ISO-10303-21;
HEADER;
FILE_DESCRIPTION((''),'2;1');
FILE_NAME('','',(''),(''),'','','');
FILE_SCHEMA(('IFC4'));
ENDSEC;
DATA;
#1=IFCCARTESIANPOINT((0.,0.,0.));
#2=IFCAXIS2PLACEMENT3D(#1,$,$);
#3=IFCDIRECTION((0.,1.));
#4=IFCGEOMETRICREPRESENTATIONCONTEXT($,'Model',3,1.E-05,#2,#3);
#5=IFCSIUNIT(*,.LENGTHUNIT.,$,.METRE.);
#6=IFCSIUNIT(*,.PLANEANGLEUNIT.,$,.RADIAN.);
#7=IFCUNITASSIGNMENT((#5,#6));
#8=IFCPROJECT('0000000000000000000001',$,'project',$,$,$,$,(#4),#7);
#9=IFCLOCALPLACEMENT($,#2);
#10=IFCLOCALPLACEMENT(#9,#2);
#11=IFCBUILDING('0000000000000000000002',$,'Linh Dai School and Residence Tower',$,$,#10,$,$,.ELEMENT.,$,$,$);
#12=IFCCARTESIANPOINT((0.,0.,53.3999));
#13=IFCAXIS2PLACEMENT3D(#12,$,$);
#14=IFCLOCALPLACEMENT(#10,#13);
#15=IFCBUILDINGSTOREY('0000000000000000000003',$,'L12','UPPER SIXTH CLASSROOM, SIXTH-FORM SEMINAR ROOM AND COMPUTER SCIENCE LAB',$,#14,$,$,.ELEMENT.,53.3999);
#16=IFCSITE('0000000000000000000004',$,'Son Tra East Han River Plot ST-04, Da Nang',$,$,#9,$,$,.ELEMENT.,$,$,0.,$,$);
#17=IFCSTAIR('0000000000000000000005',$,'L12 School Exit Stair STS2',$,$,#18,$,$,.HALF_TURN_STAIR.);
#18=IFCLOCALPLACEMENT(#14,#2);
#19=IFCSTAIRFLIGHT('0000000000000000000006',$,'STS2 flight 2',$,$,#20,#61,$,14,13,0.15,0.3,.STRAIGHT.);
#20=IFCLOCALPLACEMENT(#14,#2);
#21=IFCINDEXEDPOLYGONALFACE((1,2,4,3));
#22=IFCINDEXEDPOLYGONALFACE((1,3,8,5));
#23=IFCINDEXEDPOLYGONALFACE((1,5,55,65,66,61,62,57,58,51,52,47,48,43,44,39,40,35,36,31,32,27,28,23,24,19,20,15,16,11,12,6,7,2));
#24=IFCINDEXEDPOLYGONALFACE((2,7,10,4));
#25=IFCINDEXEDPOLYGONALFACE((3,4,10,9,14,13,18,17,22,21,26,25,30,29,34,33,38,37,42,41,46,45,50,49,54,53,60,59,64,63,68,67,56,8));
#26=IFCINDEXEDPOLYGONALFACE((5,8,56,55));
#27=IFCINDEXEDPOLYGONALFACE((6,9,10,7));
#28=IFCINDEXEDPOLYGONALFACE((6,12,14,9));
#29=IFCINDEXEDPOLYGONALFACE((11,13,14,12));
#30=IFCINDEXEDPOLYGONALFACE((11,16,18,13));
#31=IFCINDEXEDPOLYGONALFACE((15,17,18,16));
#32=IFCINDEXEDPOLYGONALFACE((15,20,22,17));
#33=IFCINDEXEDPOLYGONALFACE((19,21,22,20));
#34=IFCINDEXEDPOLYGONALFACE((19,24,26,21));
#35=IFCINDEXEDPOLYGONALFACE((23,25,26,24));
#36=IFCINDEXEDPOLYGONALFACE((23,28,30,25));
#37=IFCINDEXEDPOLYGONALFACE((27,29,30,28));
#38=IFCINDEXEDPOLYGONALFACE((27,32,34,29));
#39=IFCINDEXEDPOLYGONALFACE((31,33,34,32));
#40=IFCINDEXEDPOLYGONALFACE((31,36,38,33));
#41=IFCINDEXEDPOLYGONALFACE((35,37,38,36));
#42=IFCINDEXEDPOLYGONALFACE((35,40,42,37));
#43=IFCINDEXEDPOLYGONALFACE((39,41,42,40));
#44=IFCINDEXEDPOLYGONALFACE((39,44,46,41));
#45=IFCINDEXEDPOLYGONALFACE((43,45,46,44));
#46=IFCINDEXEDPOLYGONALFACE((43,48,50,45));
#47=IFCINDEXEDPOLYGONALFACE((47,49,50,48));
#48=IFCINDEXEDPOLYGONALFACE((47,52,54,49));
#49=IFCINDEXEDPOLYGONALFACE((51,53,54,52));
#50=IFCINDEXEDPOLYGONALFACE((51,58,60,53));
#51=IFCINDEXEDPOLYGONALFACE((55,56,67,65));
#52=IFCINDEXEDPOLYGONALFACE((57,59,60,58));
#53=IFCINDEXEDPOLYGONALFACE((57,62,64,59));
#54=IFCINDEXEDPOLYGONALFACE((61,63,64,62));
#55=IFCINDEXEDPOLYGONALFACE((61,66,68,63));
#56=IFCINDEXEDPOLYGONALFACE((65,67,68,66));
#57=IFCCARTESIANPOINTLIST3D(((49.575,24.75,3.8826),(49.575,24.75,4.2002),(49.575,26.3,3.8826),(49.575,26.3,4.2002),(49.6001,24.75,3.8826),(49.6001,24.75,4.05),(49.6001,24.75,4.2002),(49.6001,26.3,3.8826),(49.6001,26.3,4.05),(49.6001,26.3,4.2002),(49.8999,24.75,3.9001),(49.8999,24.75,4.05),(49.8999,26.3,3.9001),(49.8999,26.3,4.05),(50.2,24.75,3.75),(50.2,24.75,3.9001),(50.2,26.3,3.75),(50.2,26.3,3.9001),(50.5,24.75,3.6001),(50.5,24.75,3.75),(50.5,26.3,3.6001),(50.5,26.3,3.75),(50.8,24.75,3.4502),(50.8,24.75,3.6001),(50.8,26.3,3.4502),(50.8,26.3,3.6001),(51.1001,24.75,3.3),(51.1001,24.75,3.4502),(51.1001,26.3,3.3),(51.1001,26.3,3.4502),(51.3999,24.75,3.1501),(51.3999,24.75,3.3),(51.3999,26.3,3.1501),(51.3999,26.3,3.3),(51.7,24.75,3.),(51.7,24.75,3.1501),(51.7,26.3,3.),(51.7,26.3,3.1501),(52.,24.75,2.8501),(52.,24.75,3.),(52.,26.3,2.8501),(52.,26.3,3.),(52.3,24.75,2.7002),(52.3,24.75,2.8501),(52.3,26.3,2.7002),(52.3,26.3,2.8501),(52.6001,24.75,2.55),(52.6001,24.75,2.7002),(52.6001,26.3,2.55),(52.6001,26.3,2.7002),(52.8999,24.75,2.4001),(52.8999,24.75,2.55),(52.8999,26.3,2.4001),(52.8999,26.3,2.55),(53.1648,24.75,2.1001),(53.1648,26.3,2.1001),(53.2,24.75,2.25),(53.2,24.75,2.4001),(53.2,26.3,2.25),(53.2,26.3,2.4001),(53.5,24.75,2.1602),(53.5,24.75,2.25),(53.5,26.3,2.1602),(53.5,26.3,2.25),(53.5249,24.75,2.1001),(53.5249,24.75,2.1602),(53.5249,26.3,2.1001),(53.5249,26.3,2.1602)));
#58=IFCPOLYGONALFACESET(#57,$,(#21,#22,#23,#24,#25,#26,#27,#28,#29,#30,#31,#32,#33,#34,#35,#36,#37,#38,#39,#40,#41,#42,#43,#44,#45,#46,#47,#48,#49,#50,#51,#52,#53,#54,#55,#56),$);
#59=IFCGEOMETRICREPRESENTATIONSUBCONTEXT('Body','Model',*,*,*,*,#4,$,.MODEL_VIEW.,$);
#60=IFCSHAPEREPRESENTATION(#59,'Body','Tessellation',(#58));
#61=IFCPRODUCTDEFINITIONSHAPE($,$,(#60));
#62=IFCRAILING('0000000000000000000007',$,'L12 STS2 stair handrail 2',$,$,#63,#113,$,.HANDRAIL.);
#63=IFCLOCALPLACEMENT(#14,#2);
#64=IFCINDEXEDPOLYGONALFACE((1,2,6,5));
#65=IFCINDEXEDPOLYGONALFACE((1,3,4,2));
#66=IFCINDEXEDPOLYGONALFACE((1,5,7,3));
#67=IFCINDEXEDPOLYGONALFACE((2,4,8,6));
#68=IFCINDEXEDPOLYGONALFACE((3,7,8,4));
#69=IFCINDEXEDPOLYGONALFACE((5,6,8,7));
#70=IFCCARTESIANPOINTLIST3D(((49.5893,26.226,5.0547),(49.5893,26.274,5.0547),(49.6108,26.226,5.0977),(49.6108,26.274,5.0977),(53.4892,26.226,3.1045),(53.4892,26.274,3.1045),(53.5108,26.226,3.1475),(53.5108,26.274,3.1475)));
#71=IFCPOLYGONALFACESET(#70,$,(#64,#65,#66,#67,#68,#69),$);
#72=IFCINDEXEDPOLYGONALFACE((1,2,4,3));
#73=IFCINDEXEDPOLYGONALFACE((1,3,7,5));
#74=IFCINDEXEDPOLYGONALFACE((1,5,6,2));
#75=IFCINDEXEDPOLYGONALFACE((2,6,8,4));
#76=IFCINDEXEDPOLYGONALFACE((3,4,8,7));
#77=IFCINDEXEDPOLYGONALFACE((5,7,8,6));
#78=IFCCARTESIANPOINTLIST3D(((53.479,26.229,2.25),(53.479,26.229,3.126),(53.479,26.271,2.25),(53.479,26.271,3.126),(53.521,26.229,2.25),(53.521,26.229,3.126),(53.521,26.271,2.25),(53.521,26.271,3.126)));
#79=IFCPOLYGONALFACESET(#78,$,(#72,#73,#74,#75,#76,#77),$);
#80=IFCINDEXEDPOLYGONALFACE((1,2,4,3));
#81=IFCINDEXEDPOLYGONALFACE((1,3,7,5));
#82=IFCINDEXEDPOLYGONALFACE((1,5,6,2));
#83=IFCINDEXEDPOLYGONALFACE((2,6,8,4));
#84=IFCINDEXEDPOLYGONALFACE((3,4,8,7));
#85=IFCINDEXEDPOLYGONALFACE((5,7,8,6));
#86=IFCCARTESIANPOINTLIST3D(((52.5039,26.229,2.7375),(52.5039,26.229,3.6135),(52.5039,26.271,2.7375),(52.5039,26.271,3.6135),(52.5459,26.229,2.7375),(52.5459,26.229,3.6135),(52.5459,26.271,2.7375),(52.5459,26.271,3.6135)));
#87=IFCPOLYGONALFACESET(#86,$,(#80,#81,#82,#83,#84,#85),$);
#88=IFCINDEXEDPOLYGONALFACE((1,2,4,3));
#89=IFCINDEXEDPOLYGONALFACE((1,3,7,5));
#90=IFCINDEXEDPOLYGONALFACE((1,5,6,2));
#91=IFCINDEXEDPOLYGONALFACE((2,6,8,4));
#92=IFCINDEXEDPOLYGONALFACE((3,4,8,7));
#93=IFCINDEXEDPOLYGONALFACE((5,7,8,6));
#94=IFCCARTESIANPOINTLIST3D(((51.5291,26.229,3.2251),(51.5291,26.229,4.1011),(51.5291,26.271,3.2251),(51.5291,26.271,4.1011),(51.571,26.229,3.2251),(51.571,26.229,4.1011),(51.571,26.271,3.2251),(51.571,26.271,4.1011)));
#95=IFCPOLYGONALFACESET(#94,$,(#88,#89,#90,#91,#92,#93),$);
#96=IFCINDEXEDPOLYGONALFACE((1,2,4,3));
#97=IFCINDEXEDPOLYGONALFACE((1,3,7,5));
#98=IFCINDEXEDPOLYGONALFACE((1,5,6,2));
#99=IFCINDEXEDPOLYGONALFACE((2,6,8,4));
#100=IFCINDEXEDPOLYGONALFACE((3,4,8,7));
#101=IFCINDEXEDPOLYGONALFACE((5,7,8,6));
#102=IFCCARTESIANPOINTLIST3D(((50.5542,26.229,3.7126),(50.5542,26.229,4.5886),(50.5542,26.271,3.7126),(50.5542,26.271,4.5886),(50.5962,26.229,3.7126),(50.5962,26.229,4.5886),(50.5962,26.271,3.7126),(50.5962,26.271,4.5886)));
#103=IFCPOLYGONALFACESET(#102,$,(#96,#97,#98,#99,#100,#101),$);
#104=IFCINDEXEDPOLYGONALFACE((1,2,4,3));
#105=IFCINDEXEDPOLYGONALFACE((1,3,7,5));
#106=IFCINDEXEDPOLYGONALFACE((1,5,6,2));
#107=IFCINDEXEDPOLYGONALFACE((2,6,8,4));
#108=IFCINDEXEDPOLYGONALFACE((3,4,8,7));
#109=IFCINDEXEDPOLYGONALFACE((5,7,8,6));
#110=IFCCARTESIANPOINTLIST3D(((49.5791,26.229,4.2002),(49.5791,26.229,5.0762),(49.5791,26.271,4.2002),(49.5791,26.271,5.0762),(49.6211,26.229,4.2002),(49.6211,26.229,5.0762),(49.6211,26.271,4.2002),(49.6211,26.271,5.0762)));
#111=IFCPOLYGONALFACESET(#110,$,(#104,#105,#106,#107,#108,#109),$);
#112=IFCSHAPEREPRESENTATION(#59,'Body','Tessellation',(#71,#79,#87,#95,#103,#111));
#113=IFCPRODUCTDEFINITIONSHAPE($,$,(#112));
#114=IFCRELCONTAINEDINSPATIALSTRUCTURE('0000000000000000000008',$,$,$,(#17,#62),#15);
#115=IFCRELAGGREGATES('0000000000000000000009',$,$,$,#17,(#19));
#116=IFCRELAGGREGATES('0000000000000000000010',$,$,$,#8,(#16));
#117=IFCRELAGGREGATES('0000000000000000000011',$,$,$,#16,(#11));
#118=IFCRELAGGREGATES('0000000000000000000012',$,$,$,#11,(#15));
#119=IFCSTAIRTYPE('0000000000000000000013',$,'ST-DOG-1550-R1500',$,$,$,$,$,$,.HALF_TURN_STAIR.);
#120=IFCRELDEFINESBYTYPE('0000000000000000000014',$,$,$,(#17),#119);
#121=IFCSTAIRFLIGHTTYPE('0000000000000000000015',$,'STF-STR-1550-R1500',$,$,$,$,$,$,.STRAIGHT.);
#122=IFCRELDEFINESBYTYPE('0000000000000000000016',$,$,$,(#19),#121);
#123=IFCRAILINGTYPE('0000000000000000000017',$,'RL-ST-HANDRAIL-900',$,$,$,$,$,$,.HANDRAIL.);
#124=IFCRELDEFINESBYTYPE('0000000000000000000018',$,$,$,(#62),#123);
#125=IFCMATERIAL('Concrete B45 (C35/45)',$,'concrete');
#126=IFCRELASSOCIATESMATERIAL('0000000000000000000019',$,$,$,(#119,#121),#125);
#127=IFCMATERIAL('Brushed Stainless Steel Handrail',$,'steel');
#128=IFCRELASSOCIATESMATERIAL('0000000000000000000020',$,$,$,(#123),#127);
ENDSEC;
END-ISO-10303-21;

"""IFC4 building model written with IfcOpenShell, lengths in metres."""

from ifc_helpers import new_model, si_unit, direction, frame, origin, origin_2d, place, context, subcontext, project, spatial, polyline, rectangle, outline, extrude, source, transform, mapped, material, type_object, element, aggregate, save


model = new_model("IFC4")

# Units and contexts
model_context = context("Model", 3, precision=1e-05, world=origin(), true_north=direction((0.0, 1.0)))
body_context = subcontext(model_context, "Body", "Model", "MODEL_VIEW")
ifc_project = project(units=[si_unit("LENGTHUNIT", "METRE"), si_unit("PLANEANGLEUNIT", "RADIAN")], contexts=[model_context])

# Site, building, storey
site_placement = place(None, origin())
site = spatial("IfcSite", under=ifc_project, at=site_placement, Name="Son Tra East Han River Plot ST-04, Da Nang", CompositionType="ELEMENT", RefElevation=0.0)
building_placement = place(site_placement, origin())
building = spatial("IfcBuilding", under=site, at=building_placement, Name="Linh Dai School and Residence Tower", CompositionType="ELEMENT")
storey_placement = place(building_placement, frame((0.0, 0.0, 53.3999)))
storey = spatial("IfcBuildingStorey", under=building, at=storey_placement, Name="L12", Description="UPPER SIXTH CLASSROOM, SIXTH-FORM SEMINAR ROOM AND COMPUTER SCIENCE LAB", CompositionType="ELEMENT", Elevation=53.3999)

# Stair, stair flight
ifc_material_1 = material(Name="Concrete B45 (C35/45)", Category="concrete")
stair_type = type_object("IfcStairType", Name="ST-DOG-1550-R1500", PredefinedType="HALF_TURN_STAIR", material=ifc_material_1)
stair_placement = place(storey_placement, origin())
stair = element("IfcStair", 1, at=stair_placement, inside=storey, type_object=stair_type, Name="L12 School Exit Stair STS2", PredefinedType="HALF_TURN_STAIR")
stair_flight_type = type_object("IfcStairFlightType", Name="STF-STR-1550-R1500", PredefinedType="STRAIGHT", material=ifc_material_1)
shared_shape_1 = source(origin(), body_context, "Body", "SweptSolid", [
    extrude(outline(polyline([(-0.0249, 0.0), (-0.0249, 0.0601), (0.0, 0.0601), (0.0, 0.1499), (0.3, 0.1499), (0.3, 0.3), (0.6001, 0.3), (0.6001, 0.45), (0.8999, 0.45), (0.8999, 0.6001), (1.2, 0.6001), (1.2, 0.75), (1.5, 0.75), (1.5, 0.8999), (1.8, 0.8999), (1.8, 1.05), (2.1001, 1.05), (2.1001, 1.2), (2.3999, 1.2), (2.3999, 1.3501), (2.7, 1.3501), (2.7, 1.5), (3.0, 1.5), (3.0, 1.6499), (3.3, 1.6499), (3.3, 1.8), (3.6001, 1.8), (3.6001, 1.95), (3.8999, 1.95), (3.8999, 2.1001), (3.925, 2.1001), (3.925, 1.7825), (3.8999, 1.7825), (0.3352, 0.0), (-0.0249, 0.0)])), frame((0.0, 0.7749, 0.0), z_axis=(0.0, -1.0, 0.0), x_axis=(1.0, 0.0, 0.0)), (0.0, 0.0, 1.0), 1.55),
])
stair_flight_placement = place(storey_placement, frame((53.5, 25.5249, 2.1001), z_axis=(0.0, 0.0, 1.0), x_axis=(-1.0, 0.0, 0.0)))
stair_flight = element("IfcStairFlight", 2, at=stair_flight_placement, type_object=stair_flight_type, Name="STS2 flight 2", NumberOfRisers=14, NumberOfTreads=13, PredefinedType="STRAIGHT", RiserHeight=0.15, TreadLength=0.3, context=body_context, shape_type="MappedRepresentation", body=[
    mapped(shared_shape_1, transform((0.0, 0.0, 0.0), x_axis=(1.0, 0.0, 0.0), y_axis=(0.0, 1.0, 0.0), z_axis=(0.0, 0.0, 1.0), scale=1.0)),
])
aggregate(stair, [stair_flight])

# Railing
ifc_material_2 = material(Name="Brushed Stainless Steel Handrail", Category="steel")
railing_type_1 = type_object("IfcRailingType", Name="RL-ST-HANDRAIL-900", PredefinedType="HANDRAIL", material=ifc_material_2)
shared_shape_2 = source(origin(), body_context, "Body", "SweptSolid", [
    extrude(rectangle(XDim=0.0481, YDim=0.0481, at=origin_2d()), frame((0.0, 0.0, 0.876), z_axis=(-0.894405, 0.0, 0.447258), x_axis=(0.0, -1.0, 0.0)), (0.0, 0.0, 1.0), 4.3604),
    extrude(rectangle(XDim=0.042, YDim=0.042, at=origin_2d()), origin(), (0.0, 0.0, 1.0), 0.876),
    extrude(rectangle(XDim=0.042, YDim=0.042, at=origin_2d()), frame((-0.9751, 0.0, 0.4875)), (0.0, 0.0, 1.0), 0.876),
    extrude(rectangle(XDim=0.042, YDim=0.042, at=origin_2d()), frame((-1.95, 0.0, 0.9751)), (0.0, 0.0, 1.0), 0.876),
    extrude(rectangle(XDim=0.042, YDim=0.042, at=origin_2d()), frame((-2.9248, 0.0, 1.4626)), (0.0, 0.0, 1.0), 0.876),
    extrude(rectangle(XDim=0.042, YDim=0.042, at=origin_2d()), frame((-3.8999, 0.0, 1.9502)), (0.0, 0.0, 1.0), 0.876),
])
railing_1_placement = place(storey_placement, frame((53.5, 26.25, 2.25)))
element("IfcRailing", 3, at=railing_1_placement, inside=storey, type_object=railing_type_1, Name="L12 STS2 stair handrail 2", PredefinedType="HANDRAIL", context=body_context, shape_type="MappedRepresentation", body=[
    mapped(shared_shape_2, transform((0.0, 0.0, 0.0), x_axis=(1.0, 0.0, 0.0), y_axis=(0.0, 1.0, 0.0), z_axis=(0.0, 0.0, 1.0), scale=1.0)),
])

save(model, "model.ifc")
